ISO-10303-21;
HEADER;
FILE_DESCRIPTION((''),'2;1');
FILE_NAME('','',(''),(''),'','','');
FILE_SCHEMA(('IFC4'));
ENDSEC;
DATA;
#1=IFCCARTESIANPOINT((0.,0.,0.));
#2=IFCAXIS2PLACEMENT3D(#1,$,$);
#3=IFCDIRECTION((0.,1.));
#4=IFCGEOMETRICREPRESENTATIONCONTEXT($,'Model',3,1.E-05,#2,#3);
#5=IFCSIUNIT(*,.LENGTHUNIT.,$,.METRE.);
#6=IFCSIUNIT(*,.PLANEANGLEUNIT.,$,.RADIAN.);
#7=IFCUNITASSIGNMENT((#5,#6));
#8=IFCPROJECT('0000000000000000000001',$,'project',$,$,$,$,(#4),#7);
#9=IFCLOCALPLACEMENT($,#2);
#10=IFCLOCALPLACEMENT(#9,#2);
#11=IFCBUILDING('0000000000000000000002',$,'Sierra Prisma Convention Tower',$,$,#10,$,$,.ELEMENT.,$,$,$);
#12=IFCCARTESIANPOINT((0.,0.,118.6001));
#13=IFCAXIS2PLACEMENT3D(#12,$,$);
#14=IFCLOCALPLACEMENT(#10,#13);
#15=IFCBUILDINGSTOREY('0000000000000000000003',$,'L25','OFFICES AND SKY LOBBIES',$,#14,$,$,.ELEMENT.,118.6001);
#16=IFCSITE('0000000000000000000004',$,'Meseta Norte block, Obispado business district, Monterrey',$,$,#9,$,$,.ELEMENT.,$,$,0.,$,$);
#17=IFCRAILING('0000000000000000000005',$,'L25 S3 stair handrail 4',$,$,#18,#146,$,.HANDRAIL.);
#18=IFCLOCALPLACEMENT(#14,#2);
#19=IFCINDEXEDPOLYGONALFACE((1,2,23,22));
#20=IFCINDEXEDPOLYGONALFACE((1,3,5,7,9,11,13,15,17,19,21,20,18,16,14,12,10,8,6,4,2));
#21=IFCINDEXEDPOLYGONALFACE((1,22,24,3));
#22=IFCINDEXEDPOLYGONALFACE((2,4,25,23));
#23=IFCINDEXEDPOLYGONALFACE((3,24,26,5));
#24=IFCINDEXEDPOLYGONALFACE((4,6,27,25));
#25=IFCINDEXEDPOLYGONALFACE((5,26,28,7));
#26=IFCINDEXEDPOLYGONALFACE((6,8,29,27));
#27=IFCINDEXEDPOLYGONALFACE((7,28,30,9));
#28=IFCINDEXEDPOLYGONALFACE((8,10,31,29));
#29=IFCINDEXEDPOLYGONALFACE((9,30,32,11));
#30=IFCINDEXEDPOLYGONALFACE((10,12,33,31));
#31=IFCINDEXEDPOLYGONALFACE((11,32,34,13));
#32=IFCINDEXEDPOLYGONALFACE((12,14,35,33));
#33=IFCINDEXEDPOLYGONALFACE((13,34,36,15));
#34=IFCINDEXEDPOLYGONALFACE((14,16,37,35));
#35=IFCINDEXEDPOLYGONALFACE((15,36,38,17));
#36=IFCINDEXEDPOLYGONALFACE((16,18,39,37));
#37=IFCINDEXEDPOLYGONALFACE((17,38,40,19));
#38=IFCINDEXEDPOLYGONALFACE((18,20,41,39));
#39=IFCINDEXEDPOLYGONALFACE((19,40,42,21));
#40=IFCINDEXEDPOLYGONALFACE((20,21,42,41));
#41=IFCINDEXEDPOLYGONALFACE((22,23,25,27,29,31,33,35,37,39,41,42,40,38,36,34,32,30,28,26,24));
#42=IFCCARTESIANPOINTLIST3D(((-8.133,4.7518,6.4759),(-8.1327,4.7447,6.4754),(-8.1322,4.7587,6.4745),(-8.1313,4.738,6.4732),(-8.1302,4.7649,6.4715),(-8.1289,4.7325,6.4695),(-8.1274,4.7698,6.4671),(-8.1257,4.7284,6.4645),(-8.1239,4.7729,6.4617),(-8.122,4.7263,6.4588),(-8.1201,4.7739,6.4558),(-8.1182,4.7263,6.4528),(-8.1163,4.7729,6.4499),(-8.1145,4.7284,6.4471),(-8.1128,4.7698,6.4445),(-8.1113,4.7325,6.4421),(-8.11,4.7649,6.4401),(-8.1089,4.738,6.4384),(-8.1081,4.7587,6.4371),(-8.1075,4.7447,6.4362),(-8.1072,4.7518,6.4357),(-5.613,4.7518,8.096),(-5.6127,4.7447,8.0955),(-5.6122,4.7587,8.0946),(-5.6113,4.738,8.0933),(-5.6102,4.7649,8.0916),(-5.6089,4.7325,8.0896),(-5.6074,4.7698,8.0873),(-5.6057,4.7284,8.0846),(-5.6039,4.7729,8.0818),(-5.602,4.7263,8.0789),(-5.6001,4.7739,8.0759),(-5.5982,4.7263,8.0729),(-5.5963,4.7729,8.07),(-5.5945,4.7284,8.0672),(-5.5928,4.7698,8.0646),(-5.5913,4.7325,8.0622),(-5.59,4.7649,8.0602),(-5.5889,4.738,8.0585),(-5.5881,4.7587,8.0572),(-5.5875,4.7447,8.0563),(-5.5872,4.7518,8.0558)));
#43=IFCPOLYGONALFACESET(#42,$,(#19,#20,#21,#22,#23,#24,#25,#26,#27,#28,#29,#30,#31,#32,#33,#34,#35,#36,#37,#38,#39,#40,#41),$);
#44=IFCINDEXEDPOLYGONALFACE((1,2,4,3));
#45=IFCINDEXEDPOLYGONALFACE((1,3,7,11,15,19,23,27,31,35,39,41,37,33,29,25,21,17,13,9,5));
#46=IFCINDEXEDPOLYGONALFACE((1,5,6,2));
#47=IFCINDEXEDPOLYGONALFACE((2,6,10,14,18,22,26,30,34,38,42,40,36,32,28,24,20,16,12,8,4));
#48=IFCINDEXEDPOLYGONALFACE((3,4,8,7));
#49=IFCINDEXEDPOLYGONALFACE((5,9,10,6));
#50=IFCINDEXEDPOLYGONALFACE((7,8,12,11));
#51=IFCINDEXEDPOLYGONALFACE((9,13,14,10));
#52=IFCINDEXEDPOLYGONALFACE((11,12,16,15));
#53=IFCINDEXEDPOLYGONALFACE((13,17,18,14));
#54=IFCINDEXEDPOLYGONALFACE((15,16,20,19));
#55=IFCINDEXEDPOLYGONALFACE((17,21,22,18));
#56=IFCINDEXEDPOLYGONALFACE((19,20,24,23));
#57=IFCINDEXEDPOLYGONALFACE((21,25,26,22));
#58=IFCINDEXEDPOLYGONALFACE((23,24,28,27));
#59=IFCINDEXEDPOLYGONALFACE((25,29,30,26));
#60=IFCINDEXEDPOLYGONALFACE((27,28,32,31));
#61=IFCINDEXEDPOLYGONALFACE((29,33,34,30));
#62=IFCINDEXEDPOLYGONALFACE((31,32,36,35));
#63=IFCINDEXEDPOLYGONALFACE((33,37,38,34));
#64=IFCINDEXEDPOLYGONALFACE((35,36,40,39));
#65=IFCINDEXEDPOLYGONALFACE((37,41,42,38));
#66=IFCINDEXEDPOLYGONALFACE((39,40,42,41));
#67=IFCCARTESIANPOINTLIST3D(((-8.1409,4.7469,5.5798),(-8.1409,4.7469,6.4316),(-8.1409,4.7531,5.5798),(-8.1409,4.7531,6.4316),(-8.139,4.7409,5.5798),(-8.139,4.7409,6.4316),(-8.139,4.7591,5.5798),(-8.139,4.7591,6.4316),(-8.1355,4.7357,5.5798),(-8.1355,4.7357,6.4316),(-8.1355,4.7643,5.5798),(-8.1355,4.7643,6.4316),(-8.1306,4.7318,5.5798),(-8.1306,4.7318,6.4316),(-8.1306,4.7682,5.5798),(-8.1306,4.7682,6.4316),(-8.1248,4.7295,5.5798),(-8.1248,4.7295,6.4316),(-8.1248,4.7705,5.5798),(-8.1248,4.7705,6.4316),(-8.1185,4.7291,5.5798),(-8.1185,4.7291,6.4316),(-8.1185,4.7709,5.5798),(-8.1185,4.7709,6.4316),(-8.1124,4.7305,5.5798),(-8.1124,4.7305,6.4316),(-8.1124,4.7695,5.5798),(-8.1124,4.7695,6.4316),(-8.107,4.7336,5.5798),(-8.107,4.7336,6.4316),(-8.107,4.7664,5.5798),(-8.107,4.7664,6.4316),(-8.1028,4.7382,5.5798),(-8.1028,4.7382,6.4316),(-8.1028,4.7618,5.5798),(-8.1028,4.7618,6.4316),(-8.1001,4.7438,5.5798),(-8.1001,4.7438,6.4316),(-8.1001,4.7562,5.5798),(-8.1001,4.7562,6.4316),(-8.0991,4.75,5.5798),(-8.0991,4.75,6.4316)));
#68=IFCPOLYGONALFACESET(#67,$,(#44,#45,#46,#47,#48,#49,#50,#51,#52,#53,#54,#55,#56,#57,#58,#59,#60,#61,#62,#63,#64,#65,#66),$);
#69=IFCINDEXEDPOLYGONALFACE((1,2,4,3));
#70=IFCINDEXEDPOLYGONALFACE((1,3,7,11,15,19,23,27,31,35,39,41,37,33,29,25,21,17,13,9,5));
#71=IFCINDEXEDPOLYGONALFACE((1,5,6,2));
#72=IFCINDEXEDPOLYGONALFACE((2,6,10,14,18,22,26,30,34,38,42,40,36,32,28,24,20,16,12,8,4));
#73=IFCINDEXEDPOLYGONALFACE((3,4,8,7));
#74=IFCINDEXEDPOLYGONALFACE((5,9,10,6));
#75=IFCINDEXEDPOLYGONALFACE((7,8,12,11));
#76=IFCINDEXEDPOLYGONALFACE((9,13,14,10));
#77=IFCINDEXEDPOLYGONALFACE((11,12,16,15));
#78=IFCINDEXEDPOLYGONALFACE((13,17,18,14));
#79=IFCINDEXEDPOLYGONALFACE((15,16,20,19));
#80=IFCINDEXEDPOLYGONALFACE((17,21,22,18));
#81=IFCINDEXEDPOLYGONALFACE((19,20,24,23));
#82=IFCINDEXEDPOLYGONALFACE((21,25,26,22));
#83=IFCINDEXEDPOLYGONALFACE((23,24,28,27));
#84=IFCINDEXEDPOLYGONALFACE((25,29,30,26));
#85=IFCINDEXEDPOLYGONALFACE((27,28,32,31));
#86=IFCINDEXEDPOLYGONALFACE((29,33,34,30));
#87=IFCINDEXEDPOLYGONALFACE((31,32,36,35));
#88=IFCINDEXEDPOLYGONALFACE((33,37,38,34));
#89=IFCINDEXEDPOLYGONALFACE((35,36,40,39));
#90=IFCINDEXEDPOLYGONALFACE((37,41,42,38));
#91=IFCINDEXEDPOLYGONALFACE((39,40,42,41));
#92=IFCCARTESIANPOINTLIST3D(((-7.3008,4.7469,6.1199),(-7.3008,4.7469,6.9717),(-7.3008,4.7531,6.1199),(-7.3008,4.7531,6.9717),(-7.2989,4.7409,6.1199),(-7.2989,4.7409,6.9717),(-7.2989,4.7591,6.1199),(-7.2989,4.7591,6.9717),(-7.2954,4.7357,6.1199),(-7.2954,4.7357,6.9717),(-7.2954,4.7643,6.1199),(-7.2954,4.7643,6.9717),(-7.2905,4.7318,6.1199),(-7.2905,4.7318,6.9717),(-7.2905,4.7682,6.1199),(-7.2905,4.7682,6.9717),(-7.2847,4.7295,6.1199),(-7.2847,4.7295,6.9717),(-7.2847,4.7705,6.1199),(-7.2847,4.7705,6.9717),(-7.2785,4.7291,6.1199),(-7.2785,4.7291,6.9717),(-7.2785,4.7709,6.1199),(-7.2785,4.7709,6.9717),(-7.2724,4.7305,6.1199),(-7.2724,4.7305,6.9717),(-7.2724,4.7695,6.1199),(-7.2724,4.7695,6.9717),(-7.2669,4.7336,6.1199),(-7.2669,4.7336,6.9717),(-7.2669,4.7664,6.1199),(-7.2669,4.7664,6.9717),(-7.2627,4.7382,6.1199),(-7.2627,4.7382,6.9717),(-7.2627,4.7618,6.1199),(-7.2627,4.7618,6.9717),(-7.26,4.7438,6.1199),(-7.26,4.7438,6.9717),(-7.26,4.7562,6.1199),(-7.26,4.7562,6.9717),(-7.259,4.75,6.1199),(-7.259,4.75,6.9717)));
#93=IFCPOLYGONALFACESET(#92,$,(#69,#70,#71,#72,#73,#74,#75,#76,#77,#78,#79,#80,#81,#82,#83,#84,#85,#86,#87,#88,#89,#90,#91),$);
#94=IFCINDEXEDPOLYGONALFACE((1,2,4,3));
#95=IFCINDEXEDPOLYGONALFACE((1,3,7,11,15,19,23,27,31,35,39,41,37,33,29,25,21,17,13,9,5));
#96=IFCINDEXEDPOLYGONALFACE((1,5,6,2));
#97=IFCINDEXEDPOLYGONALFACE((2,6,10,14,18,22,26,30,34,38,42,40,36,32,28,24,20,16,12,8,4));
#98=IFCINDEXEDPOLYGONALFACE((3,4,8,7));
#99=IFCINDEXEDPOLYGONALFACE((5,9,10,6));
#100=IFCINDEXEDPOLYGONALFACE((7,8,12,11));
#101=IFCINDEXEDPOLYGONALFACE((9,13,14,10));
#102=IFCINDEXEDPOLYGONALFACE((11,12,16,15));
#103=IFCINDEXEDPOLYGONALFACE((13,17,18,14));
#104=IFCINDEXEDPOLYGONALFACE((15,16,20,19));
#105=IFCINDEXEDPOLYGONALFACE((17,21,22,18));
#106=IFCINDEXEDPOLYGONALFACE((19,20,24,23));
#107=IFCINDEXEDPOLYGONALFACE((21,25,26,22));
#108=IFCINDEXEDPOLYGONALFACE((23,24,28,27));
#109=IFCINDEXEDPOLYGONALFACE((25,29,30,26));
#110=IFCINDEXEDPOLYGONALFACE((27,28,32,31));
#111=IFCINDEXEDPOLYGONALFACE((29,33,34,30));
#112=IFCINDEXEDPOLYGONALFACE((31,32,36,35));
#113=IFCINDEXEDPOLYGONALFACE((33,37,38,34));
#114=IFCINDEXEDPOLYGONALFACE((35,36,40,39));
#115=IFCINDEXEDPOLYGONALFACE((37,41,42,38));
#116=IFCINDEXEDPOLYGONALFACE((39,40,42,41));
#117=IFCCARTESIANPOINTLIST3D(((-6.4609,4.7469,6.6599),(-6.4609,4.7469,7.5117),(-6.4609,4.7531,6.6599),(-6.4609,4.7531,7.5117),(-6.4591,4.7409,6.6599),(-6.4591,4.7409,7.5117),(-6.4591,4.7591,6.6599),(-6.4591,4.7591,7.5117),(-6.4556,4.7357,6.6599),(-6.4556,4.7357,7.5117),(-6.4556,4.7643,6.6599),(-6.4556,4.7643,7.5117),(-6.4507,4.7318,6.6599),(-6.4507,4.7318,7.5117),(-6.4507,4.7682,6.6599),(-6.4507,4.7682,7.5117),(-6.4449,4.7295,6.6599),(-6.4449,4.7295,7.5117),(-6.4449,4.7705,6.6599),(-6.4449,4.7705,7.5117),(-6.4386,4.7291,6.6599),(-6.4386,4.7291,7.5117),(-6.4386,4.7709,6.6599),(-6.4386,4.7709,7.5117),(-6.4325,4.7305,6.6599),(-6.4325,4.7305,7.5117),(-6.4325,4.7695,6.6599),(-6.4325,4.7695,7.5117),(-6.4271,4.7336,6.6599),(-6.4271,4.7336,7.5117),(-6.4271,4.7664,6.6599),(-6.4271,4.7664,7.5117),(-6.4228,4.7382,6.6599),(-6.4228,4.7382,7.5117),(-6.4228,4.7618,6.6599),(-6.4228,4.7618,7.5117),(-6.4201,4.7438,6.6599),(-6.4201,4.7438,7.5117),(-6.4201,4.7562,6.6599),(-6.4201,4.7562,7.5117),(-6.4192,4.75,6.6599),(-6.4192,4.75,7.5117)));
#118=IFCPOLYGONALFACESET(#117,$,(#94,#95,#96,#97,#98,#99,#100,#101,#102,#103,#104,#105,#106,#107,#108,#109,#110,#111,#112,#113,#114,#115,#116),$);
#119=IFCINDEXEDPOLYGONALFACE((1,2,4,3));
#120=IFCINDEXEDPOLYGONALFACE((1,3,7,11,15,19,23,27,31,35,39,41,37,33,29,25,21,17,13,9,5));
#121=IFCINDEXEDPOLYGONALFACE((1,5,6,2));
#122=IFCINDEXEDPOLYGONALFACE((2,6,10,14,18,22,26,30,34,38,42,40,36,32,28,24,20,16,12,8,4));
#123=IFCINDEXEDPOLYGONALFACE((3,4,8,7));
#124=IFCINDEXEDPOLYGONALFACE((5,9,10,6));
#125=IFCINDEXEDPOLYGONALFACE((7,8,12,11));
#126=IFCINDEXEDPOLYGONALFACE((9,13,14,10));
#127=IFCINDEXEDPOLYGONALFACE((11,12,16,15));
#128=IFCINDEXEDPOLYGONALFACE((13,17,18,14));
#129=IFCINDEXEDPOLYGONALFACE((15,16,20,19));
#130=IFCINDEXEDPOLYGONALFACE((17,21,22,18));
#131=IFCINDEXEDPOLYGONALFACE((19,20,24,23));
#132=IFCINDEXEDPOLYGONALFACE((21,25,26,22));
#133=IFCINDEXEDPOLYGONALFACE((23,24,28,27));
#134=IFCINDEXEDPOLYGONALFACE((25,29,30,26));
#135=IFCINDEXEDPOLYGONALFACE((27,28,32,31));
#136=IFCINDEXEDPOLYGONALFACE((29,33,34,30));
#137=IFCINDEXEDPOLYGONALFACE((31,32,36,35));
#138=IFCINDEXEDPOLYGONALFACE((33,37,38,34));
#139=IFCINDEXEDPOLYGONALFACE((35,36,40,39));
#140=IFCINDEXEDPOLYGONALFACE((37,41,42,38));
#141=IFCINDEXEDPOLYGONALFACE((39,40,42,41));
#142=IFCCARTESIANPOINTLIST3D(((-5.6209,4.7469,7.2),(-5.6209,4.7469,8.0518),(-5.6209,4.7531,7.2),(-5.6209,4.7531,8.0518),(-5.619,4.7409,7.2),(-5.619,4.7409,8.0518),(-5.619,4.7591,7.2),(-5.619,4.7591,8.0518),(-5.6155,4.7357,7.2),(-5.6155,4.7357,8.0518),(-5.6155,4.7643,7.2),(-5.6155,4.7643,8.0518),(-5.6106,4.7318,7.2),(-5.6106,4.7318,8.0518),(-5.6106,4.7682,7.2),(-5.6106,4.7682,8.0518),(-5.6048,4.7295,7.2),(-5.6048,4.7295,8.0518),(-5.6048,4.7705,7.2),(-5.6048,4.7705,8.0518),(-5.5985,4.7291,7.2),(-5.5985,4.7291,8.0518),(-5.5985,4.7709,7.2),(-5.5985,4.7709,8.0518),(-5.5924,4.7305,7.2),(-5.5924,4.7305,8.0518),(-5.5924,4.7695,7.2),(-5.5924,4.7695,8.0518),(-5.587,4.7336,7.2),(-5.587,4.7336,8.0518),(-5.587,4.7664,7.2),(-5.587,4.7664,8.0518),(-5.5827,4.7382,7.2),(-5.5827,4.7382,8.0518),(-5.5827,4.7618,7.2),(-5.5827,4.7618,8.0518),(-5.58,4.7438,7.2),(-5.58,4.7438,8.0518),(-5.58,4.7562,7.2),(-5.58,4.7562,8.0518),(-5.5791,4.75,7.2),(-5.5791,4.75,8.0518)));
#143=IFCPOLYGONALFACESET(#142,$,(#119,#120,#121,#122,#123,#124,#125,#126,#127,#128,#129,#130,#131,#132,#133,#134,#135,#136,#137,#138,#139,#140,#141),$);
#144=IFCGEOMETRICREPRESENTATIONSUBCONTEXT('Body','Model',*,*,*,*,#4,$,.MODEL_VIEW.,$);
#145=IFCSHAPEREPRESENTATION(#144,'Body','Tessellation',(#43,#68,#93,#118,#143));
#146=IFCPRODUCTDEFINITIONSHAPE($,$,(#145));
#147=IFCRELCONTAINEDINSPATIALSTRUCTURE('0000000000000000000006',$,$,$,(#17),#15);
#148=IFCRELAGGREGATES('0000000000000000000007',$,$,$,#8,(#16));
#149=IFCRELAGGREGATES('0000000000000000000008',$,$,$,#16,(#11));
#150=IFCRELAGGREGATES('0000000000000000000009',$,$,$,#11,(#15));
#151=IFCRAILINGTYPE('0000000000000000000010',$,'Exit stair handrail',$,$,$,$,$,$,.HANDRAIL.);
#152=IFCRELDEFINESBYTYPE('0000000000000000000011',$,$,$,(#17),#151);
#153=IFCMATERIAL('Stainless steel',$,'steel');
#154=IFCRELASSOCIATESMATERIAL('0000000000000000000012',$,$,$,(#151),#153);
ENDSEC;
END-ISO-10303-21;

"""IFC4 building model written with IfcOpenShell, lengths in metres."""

from ifc_helpers import new_model, si_unit, direction, frame, origin, origin_2d, place, context, subcontext, project, spatial, circle, extrude, material, type_object, element, save


model = new_model("IFC4")

# Units and contexts
model_context = context("Model", 3, precision=1e-05, world=origin(), true_north=direction((0.0, 1.0)))
body_context = subcontext(model_context, "Body", "Model", "MODEL_VIEW")
ifc_project = project(units=[si_unit("LENGTHUNIT", "METRE"), si_unit("PLANEANGLEUNIT", "RADIAN")], contexts=[model_context])

# Site, building, storey
site_placement = place(None, origin())
site = spatial("IfcSite", under=ifc_project, at=site_placement, Name="Meseta Norte block, Obispado business district, Monterrey", CompositionType="ELEMENT", RefElevation=0.0)
building_placement = place(site_placement, origin())
building = spatial("IfcBuilding", under=site, at=building_placement, Name="Sierra Prisma Convention Tower", CompositionType="ELEMENT")
storey_placement = place(building_placement, frame((0.0, 0.0, 118.6001)))
storey = spatial("IfcBuildingStorey", under=building, at=storey_placement, Name="L25", Description="OFFICES AND SKY LOBBIES", CompositionType="ELEMENT", Elevation=118.6001)

# Railing
ifc_material_1 = material(Name="Stainless steel", Category="steel")
railing_type_1 = type_object("IfcRailingType", Name="Exit stair handrail", PredefinedType="HANDRAIL", material=ifc_material_1)
railing_1_placement = place(storey_placement, frame((-8.1201, 4.75, 5.5798)))
element("IfcRailing", 1, at=railing_1_placement, inside=storey, type_object=railing_type_1, Name="L25 S3 stair handrail 4", PredefinedType="HANDRAIL", context=body_context, shape_type="SweptSolid", body=[
    extrude(circle(Radius=0.0239, at=origin_2d()), frame((0.0, 0.0, 0.876), z_axis=(0.841163, 0.0, 0.540782), x_axis=(0.0, 1.0, 0.0)), (0.0, 0.0, 1.0), 2.9958),
    extrude(circle(Radius=0.021, at=origin_2d()), origin(), (0.0, 0.0, 1.0), 0.8518),
    extrude(circle(Radius=0.021, at=origin_2d()), frame((0.8401, 0.0, 0.54)), (0.0, 0.0, 1.0), 0.8518),
    extrude(circle(Radius=0.021, at=origin_2d()), frame((1.6799, 0.0, 1.0801)), (0.0, 0.0, 1.0), 0.8518),
    extrude(circle(Radius=0.021, at=origin_2d()), frame((2.52, 0.0, 1.6201)), (0.0, 0.0, 1.0), 0.8518),
])

save(model, "model.ifc")
